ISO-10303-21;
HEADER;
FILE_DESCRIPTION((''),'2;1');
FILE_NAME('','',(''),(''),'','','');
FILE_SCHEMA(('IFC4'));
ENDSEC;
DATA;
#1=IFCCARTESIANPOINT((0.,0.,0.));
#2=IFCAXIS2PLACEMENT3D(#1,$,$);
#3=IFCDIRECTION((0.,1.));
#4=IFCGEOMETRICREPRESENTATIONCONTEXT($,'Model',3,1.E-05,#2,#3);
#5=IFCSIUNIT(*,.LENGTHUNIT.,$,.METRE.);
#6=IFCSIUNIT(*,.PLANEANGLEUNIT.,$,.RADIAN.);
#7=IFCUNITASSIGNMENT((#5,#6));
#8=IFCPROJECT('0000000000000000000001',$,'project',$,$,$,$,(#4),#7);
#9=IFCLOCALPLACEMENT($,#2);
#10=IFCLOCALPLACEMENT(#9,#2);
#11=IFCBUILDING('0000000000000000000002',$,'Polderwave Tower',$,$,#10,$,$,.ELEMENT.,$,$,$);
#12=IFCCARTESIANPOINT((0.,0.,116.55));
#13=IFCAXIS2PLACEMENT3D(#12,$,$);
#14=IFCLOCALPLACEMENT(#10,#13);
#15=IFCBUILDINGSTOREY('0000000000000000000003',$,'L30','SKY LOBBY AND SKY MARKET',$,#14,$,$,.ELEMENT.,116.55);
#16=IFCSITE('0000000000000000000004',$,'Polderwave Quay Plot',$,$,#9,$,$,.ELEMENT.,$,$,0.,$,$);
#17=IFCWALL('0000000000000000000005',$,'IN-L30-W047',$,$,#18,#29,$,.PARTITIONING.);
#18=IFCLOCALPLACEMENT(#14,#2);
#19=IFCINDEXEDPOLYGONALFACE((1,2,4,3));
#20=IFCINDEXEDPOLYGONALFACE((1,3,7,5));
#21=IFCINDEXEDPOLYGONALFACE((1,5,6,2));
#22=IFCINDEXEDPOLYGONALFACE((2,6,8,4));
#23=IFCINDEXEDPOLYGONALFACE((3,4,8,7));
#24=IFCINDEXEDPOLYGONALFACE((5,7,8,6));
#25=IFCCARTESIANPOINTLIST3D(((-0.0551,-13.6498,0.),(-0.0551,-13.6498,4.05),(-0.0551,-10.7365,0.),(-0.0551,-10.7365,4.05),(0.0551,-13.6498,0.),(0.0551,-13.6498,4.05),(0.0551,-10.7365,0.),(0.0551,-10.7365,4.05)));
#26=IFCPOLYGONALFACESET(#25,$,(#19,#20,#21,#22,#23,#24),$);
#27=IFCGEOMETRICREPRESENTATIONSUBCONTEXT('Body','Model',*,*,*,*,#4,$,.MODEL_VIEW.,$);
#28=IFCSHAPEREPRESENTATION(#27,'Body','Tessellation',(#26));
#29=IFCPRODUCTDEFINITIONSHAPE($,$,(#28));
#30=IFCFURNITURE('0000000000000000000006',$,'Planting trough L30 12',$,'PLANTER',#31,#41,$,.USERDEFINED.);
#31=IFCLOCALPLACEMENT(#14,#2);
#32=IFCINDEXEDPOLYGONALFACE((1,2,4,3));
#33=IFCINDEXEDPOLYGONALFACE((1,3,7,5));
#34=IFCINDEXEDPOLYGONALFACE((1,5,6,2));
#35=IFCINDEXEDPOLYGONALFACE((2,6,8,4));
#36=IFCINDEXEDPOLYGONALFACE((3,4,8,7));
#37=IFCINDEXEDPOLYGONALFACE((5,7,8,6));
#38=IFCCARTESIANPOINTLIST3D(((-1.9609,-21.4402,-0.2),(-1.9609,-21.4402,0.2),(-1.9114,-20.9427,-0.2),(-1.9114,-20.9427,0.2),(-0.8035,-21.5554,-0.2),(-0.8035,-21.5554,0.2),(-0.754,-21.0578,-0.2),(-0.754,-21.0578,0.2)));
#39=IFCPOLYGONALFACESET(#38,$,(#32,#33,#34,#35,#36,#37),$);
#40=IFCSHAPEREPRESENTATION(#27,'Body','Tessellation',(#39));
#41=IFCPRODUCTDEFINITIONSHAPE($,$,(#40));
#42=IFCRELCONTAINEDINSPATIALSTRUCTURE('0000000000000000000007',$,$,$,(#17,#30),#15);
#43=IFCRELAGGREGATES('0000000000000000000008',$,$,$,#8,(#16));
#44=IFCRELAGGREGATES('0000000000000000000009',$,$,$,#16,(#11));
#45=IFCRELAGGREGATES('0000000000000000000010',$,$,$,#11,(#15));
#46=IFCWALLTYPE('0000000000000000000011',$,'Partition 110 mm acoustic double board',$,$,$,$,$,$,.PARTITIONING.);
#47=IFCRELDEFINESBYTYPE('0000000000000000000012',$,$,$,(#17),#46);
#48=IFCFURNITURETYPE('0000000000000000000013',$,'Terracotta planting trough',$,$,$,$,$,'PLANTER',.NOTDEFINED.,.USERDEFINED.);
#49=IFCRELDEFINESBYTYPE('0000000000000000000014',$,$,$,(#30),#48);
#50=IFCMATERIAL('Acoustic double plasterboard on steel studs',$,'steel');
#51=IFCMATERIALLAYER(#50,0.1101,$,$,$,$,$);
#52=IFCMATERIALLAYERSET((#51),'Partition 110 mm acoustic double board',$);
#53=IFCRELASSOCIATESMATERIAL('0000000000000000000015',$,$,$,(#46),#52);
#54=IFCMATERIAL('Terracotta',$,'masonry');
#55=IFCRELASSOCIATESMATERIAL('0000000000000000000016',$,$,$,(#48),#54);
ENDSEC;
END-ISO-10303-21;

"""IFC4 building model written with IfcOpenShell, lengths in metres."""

from ifc_helpers import new_model, si_unit, direction, frame, frame_2d, origin, origin_2d, place, context, subcontext, project, spatial, rectangle, extrude, material, layer, layer_set, type_object, element, save


model = new_model("IFC4")

# Units and contexts
model_context = context("Model", 3, precision=1e-05, world=origin(), true_north=direction((0.0, 1.0)))
body_context = subcontext(model_context, "Body", "Model", "MODEL_VIEW")
ifc_project = project(units=[si_unit("LENGTHUNIT", "METRE"), si_unit("PLANEANGLEUNIT", "RADIAN")], contexts=[model_context])

# Site, building, storey
site_placement = place(None, origin())
site = spatial("IfcSite", under=ifc_project, at=site_placement, Name="Polderwave Quay Plot", CompositionType="ELEMENT", RefElevation=0.0)
building_placement = place(site_placement, origin())
building = spatial("IfcBuilding", under=site, at=building_placement, Name="Polderwave Tower", CompositionType="ELEMENT")
storey_placement = place(building_placement, frame((0.0, 0.0, 116.55)))
storey = spatial("IfcBuildingStorey", under=building, at=storey_placement, Name="L30", Description="SKY LOBBY AND SKY MARKET", CompositionType="ELEMENT", Elevation=116.55)

# Wall
ifc_material_1 = material(Name="Acoustic double plasterboard on steel studs", Category="steel")
ifc_layer_1 = layer(ifc_material_1, 0.1101)
ifc_layer_set_1 = layer_set([ifc_layer_1], Name="Partition 110 mm acoustic double board")
wall_type_1 = type_object("IfcWallType", Name="Partition 110 mm acoustic double board", PredefinedType="PARTITIONING", material=ifc_layer_set_1)
wall_1_placement = place(storey_placement, frame((0.0, -10.7366, 0.0), z_axis=(0.0, 0.0, 1.0), x_axis=(0.0, -1.0, 0.0)))
element("IfcWall", 1, at=wall_1_placement, inside=storey, type_object=wall_type_1, Name="IN-L30-W047", PredefinedType="PARTITIONING", context=body_context, shape_type="SweptSolid", body=[
    extrude(rectangle(XDim=2.9133, YDim=0.1101, at=frame_2d((1.4565, 0.0))), origin(), (0.0, 0.0, 1.0), 4.05),
])

# Furniture
ifc_material_2 = material(Name="Terracotta", Category="masonry")
furniture_type = type_object("IfcFurnitureType", Name="Terracotta planting trough", ElementType="PLANTER", AssemblyPlace="NOTDEFINED", PredefinedType="USERDEFINED", material=ifc_material_2)
furniture_placement = place(storey_placement, frame((-1.3574, -21.249, -0.2), z_axis=(0.0, 0.0, 1.0), x_axis=(0.995086, -0.099014, 0.0)))
element("IfcFurniture", 2, at=furniture_placement, inside=storey, type_object=furniture_type, Name="Planting trough L30 12", ObjectType="PLANTER", PredefinedType="USERDEFINED", context=body_context, shape_type="SweptSolid", body=[
    extrude(rectangle(XDim=1.1631, YDim=0.5, at=origin_2d()), origin(), (0.0, 0.0, 1.0), 0.3999),
])

save(model, "model.ifc")
